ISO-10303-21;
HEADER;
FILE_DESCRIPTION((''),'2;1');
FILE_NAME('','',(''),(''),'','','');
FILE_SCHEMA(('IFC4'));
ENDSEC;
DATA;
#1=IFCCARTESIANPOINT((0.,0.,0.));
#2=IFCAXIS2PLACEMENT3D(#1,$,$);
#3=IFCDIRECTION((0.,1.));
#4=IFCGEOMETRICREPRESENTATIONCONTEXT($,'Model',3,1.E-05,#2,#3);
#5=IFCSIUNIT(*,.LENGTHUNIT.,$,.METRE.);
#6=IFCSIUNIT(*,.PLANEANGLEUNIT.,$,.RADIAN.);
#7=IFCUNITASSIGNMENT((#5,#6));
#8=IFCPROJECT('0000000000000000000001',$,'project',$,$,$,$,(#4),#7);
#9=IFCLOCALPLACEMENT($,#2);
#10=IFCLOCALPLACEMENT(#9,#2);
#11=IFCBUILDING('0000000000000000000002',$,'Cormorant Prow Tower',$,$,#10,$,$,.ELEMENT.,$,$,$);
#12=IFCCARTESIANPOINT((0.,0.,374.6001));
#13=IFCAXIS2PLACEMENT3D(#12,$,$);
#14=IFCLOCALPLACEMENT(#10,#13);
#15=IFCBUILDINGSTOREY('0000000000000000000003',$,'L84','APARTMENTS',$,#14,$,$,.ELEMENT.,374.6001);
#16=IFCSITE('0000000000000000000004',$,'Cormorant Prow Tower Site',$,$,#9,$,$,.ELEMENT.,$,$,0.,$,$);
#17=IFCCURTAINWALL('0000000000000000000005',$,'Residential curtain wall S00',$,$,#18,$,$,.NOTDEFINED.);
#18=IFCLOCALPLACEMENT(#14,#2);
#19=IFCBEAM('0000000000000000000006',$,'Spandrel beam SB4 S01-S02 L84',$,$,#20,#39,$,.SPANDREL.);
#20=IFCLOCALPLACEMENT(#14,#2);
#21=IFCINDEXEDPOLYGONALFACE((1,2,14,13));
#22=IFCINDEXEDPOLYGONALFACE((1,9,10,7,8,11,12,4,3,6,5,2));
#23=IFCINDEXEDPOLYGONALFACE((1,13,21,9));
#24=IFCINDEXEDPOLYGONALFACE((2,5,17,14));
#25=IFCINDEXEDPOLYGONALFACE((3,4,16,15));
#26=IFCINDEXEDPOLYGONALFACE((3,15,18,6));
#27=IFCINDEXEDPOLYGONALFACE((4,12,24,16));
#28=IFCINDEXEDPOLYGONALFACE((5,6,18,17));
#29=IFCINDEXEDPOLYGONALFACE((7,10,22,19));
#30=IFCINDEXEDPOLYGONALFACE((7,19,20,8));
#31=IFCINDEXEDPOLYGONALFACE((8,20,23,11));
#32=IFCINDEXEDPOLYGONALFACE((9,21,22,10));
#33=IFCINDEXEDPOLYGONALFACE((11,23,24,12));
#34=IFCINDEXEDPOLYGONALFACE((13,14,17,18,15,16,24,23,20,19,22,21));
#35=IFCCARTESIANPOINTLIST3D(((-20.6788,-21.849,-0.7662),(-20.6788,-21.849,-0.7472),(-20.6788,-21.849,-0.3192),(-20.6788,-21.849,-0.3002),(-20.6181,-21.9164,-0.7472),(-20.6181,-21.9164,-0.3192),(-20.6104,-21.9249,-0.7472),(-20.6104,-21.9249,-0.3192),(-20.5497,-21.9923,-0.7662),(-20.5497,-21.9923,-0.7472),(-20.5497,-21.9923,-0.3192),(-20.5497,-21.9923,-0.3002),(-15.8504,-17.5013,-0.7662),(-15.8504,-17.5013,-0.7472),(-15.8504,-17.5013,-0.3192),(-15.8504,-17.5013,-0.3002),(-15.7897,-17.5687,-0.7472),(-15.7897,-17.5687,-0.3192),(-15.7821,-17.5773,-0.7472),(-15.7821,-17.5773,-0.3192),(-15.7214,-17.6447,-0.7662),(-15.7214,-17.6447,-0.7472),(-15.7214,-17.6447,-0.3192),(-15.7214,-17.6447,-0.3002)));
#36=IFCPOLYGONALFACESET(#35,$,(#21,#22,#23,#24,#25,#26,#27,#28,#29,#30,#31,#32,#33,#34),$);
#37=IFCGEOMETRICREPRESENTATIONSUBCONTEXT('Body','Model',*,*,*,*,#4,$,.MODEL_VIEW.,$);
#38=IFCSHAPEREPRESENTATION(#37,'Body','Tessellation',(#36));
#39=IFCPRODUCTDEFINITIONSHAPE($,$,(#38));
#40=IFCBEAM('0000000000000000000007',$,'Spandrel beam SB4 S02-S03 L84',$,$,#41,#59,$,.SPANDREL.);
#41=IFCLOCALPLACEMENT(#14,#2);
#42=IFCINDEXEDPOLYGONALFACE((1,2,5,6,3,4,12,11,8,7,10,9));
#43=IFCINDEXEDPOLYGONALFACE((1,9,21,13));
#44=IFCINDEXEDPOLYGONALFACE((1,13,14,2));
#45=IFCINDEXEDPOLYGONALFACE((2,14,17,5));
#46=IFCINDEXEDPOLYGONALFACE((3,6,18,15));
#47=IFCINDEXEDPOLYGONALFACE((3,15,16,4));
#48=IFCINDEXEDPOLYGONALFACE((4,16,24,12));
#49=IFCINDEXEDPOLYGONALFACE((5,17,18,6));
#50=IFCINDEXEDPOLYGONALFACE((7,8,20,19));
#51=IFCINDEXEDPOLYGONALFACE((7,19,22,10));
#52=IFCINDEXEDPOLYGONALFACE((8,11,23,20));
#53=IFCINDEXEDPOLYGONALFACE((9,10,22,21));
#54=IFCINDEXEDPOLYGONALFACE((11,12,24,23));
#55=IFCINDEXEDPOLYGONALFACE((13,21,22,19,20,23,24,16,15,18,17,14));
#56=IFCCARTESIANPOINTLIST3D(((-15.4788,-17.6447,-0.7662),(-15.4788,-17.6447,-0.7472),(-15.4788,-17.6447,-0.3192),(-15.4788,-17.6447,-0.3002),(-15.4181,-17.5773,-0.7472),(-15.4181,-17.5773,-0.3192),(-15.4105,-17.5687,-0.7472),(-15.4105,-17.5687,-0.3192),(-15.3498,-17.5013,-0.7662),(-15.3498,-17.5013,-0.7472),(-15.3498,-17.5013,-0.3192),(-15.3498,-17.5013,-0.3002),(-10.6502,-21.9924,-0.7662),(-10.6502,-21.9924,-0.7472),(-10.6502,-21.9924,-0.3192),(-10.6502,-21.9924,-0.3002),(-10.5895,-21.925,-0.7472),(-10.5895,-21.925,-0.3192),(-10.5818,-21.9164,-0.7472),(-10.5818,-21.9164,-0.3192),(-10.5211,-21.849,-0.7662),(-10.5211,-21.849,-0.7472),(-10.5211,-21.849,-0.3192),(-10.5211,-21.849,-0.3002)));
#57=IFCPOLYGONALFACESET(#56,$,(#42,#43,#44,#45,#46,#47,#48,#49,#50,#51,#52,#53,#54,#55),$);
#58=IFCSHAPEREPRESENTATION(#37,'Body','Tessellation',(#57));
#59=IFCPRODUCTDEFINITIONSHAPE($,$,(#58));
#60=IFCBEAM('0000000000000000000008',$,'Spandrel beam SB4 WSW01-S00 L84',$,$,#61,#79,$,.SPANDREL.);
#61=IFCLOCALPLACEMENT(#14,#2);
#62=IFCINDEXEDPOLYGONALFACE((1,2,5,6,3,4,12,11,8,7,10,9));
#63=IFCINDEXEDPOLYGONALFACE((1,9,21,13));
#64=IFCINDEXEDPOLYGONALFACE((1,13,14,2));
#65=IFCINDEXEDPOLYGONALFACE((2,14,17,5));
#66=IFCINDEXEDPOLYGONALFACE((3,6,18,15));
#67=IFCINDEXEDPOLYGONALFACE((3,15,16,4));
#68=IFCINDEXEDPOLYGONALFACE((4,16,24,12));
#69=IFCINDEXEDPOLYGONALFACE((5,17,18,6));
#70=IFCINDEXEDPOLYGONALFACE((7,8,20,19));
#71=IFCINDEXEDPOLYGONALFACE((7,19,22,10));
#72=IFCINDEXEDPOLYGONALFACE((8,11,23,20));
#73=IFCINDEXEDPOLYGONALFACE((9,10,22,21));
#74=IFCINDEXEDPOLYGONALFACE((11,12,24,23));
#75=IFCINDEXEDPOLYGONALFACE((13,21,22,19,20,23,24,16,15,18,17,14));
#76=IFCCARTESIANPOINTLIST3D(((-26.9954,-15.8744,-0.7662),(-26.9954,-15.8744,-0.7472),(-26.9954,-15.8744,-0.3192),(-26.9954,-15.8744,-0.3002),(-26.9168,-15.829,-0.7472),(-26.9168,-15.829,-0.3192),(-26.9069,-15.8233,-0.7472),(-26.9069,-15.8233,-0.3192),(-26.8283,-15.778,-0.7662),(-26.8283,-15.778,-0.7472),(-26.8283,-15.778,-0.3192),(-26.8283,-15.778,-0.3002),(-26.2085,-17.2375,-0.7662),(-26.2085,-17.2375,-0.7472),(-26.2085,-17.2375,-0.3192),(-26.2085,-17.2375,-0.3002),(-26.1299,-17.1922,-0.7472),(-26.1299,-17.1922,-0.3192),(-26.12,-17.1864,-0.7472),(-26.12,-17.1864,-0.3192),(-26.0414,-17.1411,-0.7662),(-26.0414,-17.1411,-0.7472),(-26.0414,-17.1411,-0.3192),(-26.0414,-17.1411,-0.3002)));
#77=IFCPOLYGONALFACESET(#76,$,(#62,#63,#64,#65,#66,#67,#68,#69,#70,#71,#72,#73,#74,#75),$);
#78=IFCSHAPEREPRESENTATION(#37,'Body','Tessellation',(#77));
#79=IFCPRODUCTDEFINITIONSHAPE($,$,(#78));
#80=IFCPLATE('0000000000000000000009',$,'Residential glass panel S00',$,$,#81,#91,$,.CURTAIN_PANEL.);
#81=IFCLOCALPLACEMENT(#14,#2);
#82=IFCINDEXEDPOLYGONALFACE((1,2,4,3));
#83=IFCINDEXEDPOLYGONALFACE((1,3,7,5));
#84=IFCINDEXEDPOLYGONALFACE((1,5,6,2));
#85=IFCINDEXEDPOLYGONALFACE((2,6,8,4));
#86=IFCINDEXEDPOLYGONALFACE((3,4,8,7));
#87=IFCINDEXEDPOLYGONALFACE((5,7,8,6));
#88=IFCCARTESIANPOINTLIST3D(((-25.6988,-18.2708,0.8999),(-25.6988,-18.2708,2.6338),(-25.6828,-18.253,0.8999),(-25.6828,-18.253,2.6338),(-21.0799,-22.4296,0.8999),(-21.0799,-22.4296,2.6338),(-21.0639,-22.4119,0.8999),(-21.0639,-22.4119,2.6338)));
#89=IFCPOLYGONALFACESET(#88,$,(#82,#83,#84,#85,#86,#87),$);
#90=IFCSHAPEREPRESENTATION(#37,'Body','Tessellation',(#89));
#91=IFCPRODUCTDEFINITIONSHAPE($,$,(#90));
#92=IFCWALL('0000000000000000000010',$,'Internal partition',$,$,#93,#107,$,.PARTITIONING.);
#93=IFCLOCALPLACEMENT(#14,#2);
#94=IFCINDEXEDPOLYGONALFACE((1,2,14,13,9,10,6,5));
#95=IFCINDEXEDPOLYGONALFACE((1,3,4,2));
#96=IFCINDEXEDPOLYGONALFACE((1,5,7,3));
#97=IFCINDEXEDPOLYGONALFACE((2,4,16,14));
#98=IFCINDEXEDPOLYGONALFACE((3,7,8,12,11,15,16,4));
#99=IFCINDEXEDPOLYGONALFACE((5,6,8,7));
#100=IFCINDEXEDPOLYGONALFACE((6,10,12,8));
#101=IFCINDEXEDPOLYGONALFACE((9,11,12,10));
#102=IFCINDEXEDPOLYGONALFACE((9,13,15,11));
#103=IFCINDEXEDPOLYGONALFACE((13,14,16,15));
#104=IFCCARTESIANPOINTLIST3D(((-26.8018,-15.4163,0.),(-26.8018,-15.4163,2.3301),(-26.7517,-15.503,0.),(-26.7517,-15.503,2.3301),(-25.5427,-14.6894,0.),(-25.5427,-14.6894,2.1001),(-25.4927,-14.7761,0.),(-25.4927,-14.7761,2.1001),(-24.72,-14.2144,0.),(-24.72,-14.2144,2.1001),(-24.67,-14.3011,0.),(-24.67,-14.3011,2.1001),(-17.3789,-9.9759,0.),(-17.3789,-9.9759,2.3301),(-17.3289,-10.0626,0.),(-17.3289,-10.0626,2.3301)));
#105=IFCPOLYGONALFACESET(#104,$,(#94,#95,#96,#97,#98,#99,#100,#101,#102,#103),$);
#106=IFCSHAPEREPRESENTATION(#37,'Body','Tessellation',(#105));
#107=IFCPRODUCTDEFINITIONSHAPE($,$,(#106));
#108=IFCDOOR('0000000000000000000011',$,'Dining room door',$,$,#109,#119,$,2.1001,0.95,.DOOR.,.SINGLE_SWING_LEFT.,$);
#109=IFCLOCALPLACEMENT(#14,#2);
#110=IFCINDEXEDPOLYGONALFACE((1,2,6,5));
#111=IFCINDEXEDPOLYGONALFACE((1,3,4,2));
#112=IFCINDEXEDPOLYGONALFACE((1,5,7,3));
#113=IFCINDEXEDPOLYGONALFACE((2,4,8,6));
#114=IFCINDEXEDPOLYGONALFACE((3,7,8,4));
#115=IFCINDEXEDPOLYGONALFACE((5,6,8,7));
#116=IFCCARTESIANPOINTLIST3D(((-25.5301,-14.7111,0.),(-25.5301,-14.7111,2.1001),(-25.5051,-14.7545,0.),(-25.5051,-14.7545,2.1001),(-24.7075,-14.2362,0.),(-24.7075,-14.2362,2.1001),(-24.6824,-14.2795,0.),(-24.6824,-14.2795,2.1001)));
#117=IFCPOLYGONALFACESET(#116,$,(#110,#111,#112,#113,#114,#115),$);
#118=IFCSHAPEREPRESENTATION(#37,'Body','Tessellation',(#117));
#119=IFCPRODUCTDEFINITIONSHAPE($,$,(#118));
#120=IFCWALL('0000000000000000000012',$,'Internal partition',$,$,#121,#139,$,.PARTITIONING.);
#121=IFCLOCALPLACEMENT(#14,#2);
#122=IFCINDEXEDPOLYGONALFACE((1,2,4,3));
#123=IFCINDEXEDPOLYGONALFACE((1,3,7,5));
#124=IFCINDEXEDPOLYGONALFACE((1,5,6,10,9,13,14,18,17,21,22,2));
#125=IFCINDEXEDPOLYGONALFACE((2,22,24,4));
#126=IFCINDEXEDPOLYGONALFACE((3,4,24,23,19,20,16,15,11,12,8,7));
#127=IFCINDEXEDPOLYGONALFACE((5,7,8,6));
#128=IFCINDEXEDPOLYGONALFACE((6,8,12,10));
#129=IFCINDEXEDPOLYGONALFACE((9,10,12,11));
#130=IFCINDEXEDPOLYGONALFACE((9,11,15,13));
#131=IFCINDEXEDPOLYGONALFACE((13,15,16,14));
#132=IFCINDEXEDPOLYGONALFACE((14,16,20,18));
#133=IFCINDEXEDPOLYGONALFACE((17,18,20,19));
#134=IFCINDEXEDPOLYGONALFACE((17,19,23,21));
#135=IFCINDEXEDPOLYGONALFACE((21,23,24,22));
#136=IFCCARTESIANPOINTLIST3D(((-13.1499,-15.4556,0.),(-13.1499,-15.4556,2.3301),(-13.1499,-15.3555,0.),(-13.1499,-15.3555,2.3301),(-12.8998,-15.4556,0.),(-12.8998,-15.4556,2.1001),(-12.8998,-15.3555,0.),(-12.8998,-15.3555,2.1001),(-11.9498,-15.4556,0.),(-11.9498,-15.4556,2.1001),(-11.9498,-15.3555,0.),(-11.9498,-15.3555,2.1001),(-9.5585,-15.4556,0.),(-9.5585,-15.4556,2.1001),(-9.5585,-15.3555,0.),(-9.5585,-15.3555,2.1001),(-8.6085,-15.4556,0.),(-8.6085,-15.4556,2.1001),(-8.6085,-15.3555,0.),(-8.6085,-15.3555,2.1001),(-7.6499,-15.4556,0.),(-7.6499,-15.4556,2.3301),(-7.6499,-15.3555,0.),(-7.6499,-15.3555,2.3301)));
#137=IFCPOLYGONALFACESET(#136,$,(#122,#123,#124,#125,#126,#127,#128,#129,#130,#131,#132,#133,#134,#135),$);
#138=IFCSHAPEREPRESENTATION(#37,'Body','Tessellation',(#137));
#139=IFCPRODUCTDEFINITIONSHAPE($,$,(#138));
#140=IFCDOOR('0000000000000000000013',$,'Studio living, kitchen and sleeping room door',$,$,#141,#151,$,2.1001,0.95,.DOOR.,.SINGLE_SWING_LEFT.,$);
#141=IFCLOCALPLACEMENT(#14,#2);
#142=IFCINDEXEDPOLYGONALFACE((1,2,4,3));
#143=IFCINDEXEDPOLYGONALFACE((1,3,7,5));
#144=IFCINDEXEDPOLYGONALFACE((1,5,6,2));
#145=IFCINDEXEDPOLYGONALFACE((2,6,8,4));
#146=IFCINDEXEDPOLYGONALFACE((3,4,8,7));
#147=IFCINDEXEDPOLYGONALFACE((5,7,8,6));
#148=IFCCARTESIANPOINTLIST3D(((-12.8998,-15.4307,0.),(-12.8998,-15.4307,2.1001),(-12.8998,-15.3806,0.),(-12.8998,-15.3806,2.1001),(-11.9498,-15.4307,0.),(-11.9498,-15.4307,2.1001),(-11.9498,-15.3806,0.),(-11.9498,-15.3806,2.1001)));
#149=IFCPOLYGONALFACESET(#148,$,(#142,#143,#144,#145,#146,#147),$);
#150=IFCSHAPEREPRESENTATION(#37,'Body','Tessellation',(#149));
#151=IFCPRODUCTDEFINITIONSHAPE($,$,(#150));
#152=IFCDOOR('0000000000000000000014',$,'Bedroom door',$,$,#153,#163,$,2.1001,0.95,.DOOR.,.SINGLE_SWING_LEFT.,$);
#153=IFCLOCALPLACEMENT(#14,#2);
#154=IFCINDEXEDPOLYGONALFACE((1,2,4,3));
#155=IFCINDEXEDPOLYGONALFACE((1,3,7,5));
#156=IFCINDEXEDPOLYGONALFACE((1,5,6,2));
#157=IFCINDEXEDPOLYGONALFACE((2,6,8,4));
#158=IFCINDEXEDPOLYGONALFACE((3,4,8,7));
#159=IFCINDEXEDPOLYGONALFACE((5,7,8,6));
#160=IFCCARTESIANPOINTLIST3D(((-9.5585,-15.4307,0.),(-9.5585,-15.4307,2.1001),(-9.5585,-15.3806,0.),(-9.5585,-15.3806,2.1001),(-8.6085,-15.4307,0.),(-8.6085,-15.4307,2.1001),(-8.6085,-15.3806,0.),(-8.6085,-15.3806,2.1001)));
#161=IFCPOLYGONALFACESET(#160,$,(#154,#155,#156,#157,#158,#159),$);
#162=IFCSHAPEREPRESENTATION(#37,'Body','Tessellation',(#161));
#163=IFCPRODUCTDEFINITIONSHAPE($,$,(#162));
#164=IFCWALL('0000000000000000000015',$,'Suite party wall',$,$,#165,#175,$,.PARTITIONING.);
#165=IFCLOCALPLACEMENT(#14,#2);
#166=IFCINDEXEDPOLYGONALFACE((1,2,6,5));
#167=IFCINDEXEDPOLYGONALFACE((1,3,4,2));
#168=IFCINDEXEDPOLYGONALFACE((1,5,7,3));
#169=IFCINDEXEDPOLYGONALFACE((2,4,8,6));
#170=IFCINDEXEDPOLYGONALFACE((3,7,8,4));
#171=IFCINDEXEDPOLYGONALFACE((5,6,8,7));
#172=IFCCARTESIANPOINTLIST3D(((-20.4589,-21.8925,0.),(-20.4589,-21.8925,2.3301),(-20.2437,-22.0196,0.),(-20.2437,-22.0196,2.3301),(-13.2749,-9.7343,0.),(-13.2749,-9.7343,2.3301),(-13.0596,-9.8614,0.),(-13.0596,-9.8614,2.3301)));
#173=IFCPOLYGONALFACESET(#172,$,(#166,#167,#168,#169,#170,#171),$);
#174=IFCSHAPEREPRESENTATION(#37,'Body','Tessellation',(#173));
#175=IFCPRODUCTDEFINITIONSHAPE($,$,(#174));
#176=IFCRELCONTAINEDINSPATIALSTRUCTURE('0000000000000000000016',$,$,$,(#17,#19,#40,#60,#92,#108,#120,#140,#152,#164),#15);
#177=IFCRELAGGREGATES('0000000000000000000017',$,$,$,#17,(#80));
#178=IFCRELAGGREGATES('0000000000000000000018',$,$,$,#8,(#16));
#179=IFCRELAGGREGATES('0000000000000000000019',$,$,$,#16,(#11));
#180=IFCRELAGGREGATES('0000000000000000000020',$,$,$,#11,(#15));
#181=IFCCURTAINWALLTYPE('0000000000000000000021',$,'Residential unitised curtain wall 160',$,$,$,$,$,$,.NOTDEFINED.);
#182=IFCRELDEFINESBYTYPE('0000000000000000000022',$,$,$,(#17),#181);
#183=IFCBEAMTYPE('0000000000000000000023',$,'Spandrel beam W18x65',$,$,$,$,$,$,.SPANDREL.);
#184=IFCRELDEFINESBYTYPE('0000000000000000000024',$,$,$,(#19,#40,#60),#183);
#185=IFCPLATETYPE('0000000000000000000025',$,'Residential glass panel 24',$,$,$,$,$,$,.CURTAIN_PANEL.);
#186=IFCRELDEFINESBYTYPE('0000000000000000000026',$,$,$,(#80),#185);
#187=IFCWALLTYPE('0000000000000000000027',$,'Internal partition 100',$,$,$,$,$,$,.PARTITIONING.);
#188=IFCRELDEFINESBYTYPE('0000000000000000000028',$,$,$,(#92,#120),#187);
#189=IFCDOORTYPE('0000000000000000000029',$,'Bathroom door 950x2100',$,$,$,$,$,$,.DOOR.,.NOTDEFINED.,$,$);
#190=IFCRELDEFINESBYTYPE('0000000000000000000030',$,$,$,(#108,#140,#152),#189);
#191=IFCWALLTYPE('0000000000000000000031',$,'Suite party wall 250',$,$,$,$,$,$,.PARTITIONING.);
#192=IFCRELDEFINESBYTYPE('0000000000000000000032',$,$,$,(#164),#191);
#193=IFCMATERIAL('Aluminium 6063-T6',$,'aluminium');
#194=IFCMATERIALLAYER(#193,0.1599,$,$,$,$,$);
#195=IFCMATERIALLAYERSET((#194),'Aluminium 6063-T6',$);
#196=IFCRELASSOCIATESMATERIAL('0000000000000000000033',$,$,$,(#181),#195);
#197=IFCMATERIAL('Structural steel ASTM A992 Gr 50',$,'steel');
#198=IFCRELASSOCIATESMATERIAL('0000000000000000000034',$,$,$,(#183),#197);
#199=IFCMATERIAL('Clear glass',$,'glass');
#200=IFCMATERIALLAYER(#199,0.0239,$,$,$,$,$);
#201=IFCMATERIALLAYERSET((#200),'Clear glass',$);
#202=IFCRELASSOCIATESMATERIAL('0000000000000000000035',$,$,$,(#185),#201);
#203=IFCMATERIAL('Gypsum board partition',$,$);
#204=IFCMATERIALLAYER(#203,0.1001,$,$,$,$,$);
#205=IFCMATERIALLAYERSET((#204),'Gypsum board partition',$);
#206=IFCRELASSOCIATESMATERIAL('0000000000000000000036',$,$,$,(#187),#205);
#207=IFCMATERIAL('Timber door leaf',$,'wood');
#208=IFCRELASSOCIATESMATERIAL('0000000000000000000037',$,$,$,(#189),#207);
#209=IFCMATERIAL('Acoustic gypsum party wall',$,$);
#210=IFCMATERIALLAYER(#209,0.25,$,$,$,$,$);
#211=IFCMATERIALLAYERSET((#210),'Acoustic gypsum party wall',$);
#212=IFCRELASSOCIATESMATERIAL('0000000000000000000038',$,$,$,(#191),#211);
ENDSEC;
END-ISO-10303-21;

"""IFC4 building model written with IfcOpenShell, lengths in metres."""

from ifc_helpers import new_model, si_unit, direction, frame, frame_2d, origin, origin_2d, place, context, subcontext, project, spatial, rectangle, i_section, extrude, material, layer, layer_set, material_profile, profile_set, type_object, element, fill, aggregate, save


model = new_model("IFC4")

# Units and contexts
model_context = context("Model", 3, precision=1e-05, world=origin(), true_north=direction((0.0, 1.0)))
body_context = subcontext(model_context, "Body", "Model", "MODEL_VIEW")
ifc_project = project(units=[si_unit("LENGTHUNIT", "METRE"), si_unit("PLANEANGLEUNIT", "RADIAN")], contexts=[model_context])

# Site, building, storey
site_placement = place(None, origin())
site = spatial("IfcSite", under=ifc_project, at=site_placement, Name="Cormorant Prow Tower Site", CompositionType="ELEMENT", RefElevation=0.0)
building_placement = place(site_placement, origin())
building = spatial("IfcBuilding", under=site, at=building_placement, Name="Cormorant Prow Tower", CompositionType="ELEMENT")
storey_placement = place(building_placement, frame((0.0, 0.0, 374.6001)))
storey = spatial("IfcBuildingStorey", under=building, at=storey_placement, Name="L84", Description="APARTMENTS", CompositionType="ELEMENT", Elevation=374.6001)

# Curtain wall
ifc_material_1 = material(Name="Aluminium 6063-T6", Category="aluminium")
ifc_layer_1 = layer(ifc_material_1, 0.1599)
ifc_layer_set_1 = layer_set([ifc_layer_1], Name="Aluminium 6063-T6")
curtain_wall_type = type_object("IfcCurtainWallType", Name="Residential unitised curtain wall 160", PredefinedType="NOTDEFINED", material=ifc_layer_set_1)
curtain_wall_1_placement = place(storey_placement, origin())
curtain_wall_1 = element("IfcCurtainWall", 1, at=curtain_wall_1_placement, inside=storey, type_object=curtain_wall_type, Name="Residential curtain wall S00", PredefinedType="NOTDEFINED")

# Beams
ifc_material_2 = material(Name="Structural steel ASTM A992 Gr 50", Category="steel")
ifc_material_profile_1 = material_profile(ifc_material_2, i_section(OverallWidth=0.1929, OverallDepth=0.4661, WebThickness=0.0115, FlangeThickness=0.019, at=origin_2d()), Name="W18x65")
ifc_profile_set_1 = profile_set([ifc_material_profile_1], Name="Structural steel ASTM A992 Gr 50")
beam_type = type_object("IfcBeamType", Name="Spandrel beam W18x65", PredefinedType="SPANDREL", material=ifc_profile_set_1)
for number, where, z_axis, x_axis, name in (
    (2, (-20.6143, -21.9207, -0.5332), (0.743132, 0.669145, 0.0), (-0.669145, 0.743132, 0.0), "Spandrel beam SB4 S01-S02 L84"),
):
    element("IfcBeam", number, at=place(storey_placement, frame(where, z_axis=z_axis, x_axis=x_axis)), inside=storey, type_object=beam_type, Name=name, PredefinedType="SPANDREL", context=body_context, shape_type="SweptSolid", body=[
        extrude(i_section(OverallWidth=0.1929, OverallDepth=0.4661, WebThickness=0.0115, FlangeThickness=0.019, at=origin_2d()), origin(), (0.0, 0.0, 1.0), 6.4973),
    ])
beam_1_placement = place(storey_placement, frame((-15.4143, -17.573, -0.5332), z_axis=(0.743148, -0.669127, 0.0), x_axis=(0.669127, 0.743148, 0.0)))
element("IfcBeam", 3, at=beam_1_placement, inside=storey, type_object=beam_type, Name="Spandrel beam SB4 S02-S03 L84", PredefinedType="SPANDREL", context=body_context, shape_type="SweptSolid", body=[
    extrude(i_section(OverallWidth=0.1929, OverallDepth=0.4661, WebThickness=0.0115, FlangeThickness=0.019, at=origin_2d()), origin(), (0.0, 0.0, 1.0), 6.4976),
])
beam_2_placement = place(storey_placement, frame((-26.9119, -15.8262, -0.5332), z_axis=(0.49996, -0.866049, 0.0), x_axis=(0.866049, 0.49996, 0.0)))
element("IfcBeam", 4, at=beam_2_placement, inside=storey, type_object=beam_type, Name="Spandrel beam SB4 WSW01-S00 L84", PredefinedType="SPANDREL", context=body_context, shape_type="SweptSolid", body=[
    extrude(i_section(OverallWidth=0.1929, OverallDepth=0.4661, WebThickness=0.0115, FlangeThickness=0.019, at=origin_2d()), origin(), (0.0, 0.0, 1.0), 1.574),
])

# Plate
ifc_material_3 = material(Name="Clear glass", Category="glass")
ifc_layer_2 = layer(ifc_material_3, 0.0239)
ifc_layer_set_2 = layer_set([ifc_layer_2], Name="Clear glass")
plate_type = type_object("IfcPlateType", Name="Residential glass panel 24", PredefinedType="CURTAIN_PANEL", material=ifc_layer_set_2)
plate_placement = place(storey_placement, frame((-23.3813, -20.3413, 0.8999), z_axis=(0.0, 0.0, 1.0), x_axis=(0.743145, -0.669131, 0.0)))
plate = element("IfcPlate", 5, at=plate_placement, type_object=plate_type, Name="Residential glass panel S00", PredefinedType="CURTAIN_PANEL", context=body_context, shape_type="SweptSolid", body=[
    extrude(rectangle(XDim=6.2153, YDim=0.0239, at=origin_2d()), origin(), (0.0, 0.0, 1.0), 1.7339),
])
aggregate(curtain_wall_1, [plate])

# Wall, opening, door
ifc_material_4 = material(Name="Gypsum board partition")
ifc_layer_3 = layer(ifc_material_4, 0.1001)
ifc_layer_set_3 = layer_set([ifc_layer_3], Name="Gypsum board partition")
wall_type_1 = type_object("IfcWallType", Name="Internal partition 100", PredefinedType="PARTITIONING", material=ifc_layer_set_3)
wall_1_placement = place(storey_placement, frame((-26.7769, -15.4597, 0.0), z_axis=(0.0, 0.0, 1.0), x_axis=(0.86602, 0.50001, 0.0)))
wall_1 = element("IfcWall", 6, at=wall_1_placement, inside=storey, type_object=wall_type_1, Name="Internal partition", PredefinedType="PARTITIONING", context=body_context, shape_type="SweptSolid", body=[
    extrude(rectangle(XDim=10.8806, YDim=0.1001, at=frame_2d((5.4404, 0.0))), origin(), (0.0, 0.0, 1.0), 2.3301),
])
opening_1_placement = place(wall_1_placement, frame((1.4539, 0.0, 0.0)))
opening_1 = element("IfcOpeningElement", 7, at=opening_1_placement, cuts=wall_1, PredefinedType="OPENING", context=body_context, shape_type="SweptSolid", body=[
    extrude(rectangle(XDim=0.95, YDim=2.1001, at=frame_2d((0.4751, 1.05))), frame((0.0, 0.0601, 0.0), z_axis=(0.0, -1.0, 0.0), x_axis=(1.0, 0.0, 0.0)), (0.0, 0.0, 1.0), 0.1201),
])
ifc_material_5 = material(Name="Timber door leaf", Category="wood")
door_type_1 = type_object("IfcDoorType", Name="Bathroom door 950x2100", OperationType="NOTDEFINED", PredefinedType="DOOR", material=ifc_material_5)
door_1_placement = place(opening_1_placement, origin())
door_1 = element("IfcDoor", 8, at=door_1_placement, inside=storey, type_object=door_type_1, Name="Dining room door", OperationType="SINGLE_SWING_LEFT", OverallHeight=2.1001, OverallWidth=0.95, PredefinedType="DOOR", context=body_context, shape_type="SweptSolid", body=[
    extrude(rectangle(XDim=0.95, YDim=2.1001, at=frame_2d((0.4751, 1.05))), frame((0.0, 0.0249, 0.0), z_axis=(0.0, -1.0, 0.0), x_axis=(1.0, 0.0, 0.0)), (0.0, 0.0, 1.0), 0.05),
])
fill(opening_1, door_1)

# Wall, openings, doors
wall_2_placement = place(storey_placement, frame((-13.1499, -15.4055, 0.0), z_axis=(0.0, 0.0, 1.0), x_axis=(1.0, 0.0, 0.0)))
wall_2 = element("IfcWall", 9, at=wall_2_placement, inside=storey, type_object=wall_type_1, Name="Internal partition", PredefinedType="PARTITIONING", context=body_context, shape_type="SweptSolid", body=[
    extrude(rectangle(XDim=5.5, YDim=0.1001, at=frame_2d((2.75, 0.0))), origin(), (0.0, 0.0, 1.0), 2.3301),
])
opening_2_placement = place(wall_2_placement, frame((0.25, 0.0, 0.0)))
opening_2 = element("IfcOpeningElement", 10, at=opening_2_placement, cuts=wall_2, PredefinedType="OPENING", context=body_context, shape_type="SweptSolid", body=[
    extrude(rectangle(XDim=0.95, YDim=2.1001, at=frame_2d((0.4751, 1.05))), frame((0.0, 0.0601, 0.0), z_axis=(0.0, -1.0, 0.0), x_axis=(1.0, 0.0, 0.0)), (0.0, 0.0, 1.0), 0.1201),
])
opening_3_placement = place(wall_2_placement, frame((3.5913, 0.0, 0.0)))
opening_3 = element("IfcOpeningElement", 11, at=opening_3_placement, cuts=wall_2, PredefinedType="OPENING", context=body_context, shape_type="SweptSolid", body=[
    extrude(rectangle(XDim=0.95, YDim=2.1001, at=frame_2d((0.4751, 1.05))), frame((0.0, 0.0601, 0.0), z_axis=(0.0, -1.0, 0.0), x_axis=(1.0, 0.0, 0.0)), (0.0, 0.0, 1.0), 0.1201),
])
door_2_placement = place(opening_2_placement, origin())
door_2 = element("IfcDoor", 12, at=door_2_placement, inside=storey, type_object=door_type_1, Name="Studio living, kitchen and sleeping room door", OperationType="SINGLE_SWING_LEFT", OverallHeight=2.1001, OverallWidth=0.95, PredefinedType="DOOR", context=body_context, shape_type="SweptSolid", body=[
    extrude(rectangle(XDim=0.95, YDim=2.1001, at=frame_2d((0.4751, 1.05))), frame((0.0, 0.0249, 0.0), z_axis=(0.0, -1.0, 0.0), x_axis=(1.0, 0.0, 0.0)), (0.0, 0.0, 1.0), 0.05),
])
fill(opening_2, door_2)
door_3_placement = place(opening_3_placement, origin())
door_3 = element("IfcDoor", 13, at=door_3_placement, inside=storey, type_object=door_type_1, Name="Bedroom door", OperationType="SINGLE_SWING_LEFT", OverallHeight=2.1001, OverallWidth=0.95, PredefinedType="DOOR", context=body_context, shape_type="SweptSolid", body=[
    extrude(rectangle(XDim=0.95, YDim=2.1001, at=frame_2d((0.4751, 1.05))), frame((0.0, 0.0249, 0.0), z_axis=(0.0, -1.0, 0.0), x_axis=(1.0, 0.0, 0.0)), (0.0, 0.0, 1.0), 0.05),
])
fill(opening_3, door_3)

# Wall
ifc_material_6 = material(Name="Acoustic gypsum party wall")
ifc_layer_4 = layer(ifc_material_6, 0.25)
ifc_layer_set_4 = layer_set([ifc_layer_4], Name="Acoustic gypsum party wall")
wall_type_2 = type_object("IfcWallType", Name="Suite party wall 250", PredefinedType="PARTITIONING", material=ifc_layer_set_4)
wall_3_placement = place(storey_placement, frame((-20.3513, -21.9561, 0.0), z_axis=(0.0, 0.0, 1.0), x_axis=(0.508713, 0.860936, 0.0)))
element("IfcWall", 14, at=wall_3_placement, inside=storey, type_object=wall_type_2, Name="Suite party wall", PredefinedType="PARTITIONING", context=body_context, shape_type="SweptSolid", body=[
    extrude(rectangle(XDim=14.1221, YDim=0.25, at=frame_2d((7.061, 0.0))), origin(), (0.0, 0.0, 1.0), 2.3301),
])

save(model, "model.ifc")
